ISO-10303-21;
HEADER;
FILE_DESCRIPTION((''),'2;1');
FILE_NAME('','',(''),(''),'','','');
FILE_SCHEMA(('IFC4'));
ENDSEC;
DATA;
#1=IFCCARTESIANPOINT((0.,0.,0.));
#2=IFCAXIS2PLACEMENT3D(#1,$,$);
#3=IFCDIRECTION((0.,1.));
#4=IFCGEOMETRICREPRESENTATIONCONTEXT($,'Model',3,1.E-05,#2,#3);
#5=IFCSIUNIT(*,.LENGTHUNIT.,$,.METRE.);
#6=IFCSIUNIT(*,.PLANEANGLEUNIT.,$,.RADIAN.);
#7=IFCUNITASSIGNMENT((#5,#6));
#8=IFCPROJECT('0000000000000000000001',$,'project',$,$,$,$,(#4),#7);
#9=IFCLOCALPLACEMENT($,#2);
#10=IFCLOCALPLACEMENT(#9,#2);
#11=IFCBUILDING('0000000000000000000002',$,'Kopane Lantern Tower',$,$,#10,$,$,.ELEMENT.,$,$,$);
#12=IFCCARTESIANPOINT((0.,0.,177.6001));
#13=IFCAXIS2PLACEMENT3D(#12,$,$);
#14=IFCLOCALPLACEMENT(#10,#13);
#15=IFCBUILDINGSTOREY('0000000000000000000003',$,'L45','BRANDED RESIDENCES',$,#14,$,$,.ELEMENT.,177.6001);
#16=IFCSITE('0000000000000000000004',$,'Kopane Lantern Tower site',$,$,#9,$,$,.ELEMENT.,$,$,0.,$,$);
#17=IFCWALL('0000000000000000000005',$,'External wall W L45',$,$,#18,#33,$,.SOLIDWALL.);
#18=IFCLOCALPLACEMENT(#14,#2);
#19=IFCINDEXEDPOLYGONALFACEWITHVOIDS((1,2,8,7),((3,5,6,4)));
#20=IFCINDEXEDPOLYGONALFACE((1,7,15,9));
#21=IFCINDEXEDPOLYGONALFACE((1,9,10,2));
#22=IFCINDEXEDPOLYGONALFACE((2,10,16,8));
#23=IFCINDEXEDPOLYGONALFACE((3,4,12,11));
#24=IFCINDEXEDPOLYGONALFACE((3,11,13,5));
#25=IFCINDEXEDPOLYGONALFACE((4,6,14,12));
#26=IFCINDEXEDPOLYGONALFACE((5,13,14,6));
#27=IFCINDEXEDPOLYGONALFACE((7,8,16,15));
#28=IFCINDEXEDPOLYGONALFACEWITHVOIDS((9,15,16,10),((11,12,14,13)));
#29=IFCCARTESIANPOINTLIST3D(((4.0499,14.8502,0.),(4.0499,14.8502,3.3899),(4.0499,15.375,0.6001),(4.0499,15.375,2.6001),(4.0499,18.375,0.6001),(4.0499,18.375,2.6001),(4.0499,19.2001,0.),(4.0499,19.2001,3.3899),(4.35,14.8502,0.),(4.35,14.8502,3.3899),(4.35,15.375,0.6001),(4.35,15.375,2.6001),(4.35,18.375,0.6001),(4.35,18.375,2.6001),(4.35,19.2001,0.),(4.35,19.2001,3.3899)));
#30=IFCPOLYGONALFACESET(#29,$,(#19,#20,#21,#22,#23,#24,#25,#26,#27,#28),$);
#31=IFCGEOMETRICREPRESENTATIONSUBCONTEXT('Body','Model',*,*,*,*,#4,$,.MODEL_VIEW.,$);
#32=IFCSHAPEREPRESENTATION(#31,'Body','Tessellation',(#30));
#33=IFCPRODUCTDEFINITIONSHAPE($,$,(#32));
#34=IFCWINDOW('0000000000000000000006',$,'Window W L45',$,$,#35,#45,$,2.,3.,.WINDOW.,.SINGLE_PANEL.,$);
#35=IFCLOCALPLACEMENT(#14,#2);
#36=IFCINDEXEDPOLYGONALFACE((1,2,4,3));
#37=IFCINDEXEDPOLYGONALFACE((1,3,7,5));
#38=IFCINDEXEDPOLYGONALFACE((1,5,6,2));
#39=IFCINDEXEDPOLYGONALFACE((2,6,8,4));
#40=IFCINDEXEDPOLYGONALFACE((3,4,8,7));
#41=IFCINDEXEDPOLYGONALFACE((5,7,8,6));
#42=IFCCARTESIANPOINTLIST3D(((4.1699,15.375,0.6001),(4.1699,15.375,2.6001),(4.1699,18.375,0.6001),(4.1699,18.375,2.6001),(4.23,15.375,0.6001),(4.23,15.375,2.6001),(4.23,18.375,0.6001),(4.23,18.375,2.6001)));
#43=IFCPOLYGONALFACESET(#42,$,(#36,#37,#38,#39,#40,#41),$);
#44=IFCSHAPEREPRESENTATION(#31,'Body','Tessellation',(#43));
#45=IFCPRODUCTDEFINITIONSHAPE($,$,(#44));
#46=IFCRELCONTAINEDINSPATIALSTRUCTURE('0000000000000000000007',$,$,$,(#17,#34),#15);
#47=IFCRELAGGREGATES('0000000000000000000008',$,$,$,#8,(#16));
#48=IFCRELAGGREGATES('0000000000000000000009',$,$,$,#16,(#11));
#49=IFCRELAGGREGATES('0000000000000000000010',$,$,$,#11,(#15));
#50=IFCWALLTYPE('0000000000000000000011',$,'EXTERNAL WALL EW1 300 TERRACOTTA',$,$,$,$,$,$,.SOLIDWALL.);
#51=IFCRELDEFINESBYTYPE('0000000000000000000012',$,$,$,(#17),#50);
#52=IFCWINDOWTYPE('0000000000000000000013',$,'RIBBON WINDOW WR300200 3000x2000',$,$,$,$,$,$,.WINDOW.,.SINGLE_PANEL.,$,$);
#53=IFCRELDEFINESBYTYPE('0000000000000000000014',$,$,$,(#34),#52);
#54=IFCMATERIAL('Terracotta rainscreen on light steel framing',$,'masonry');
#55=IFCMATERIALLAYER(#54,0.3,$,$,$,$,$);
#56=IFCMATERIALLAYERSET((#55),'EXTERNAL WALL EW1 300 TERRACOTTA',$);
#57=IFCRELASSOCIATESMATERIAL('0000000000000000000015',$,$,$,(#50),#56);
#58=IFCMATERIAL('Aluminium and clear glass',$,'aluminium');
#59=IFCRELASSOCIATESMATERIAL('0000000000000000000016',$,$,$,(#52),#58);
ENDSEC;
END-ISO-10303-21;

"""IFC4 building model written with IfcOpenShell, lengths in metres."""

from ifc_helpers import new_model, si_unit, direction, frame, frame_2d, origin, place, context, subcontext, project, spatial, rectangle, extrude, material, layer, layer_set, type_object, element, fill, save


model = new_model("IFC4")

# Units and contexts
model_context = context("Model", 3, precision=1e-05, world=origin(), true_north=direction((0.0, 1.0)))
body_context = subcontext(model_context, "Body", "Model", "MODEL_VIEW")
ifc_project = project(units=[si_unit("LENGTHUNIT", "METRE"), si_unit("PLANEANGLEUNIT", "RADIAN")], contexts=[model_context])

# Site, building, storey
site_placement = place(None, origin())
site = spatial("IfcSite", under=ifc_project, at=site_placement, Name="Kopane Lantern Tower site", CompositionType="ELEMENT", RefElevation=0.0)
building_placement = place(site_placement, origin())
building = spatial("IfcBuilding", under=site, at=building_placement, Name="Kopane Lantern Tower", CompositionType="ELEMENT")
storey_placement = place(building_placement, frame((0.0, 0.0, 177.6001)))
storey = spatial("IfcBuildingStorey", under=building, at=storey_placement, Name="L45", Description="BRANDED RESIDENCES", CompositionType="ELEMENT", Elevation=177.6001)

# Wall, opening, window
ifc_material_1 = material(Name="Terracotta rainscreen on light steel framing", Category="masonry")
ifc_layer_1 = layer(ifc_material_1, 0.3)
ifc_layer_set_1 = layer_set([ifc_layer_1], Name="EXTERNAL WALL EW1 300 TERRACOTTA")
wall_type_1 = type_object("IfcWallType", Name="EXTERNAL WALL EW1 300 TERRACOTTA", PredefinedType="SOLIDWALL", material=ifc_layer_set_1)
ifc_material_2 = material(Name="Aluminium and clear glass", Category="aluminium")
window_type = type_object("IfcWindowType", Name="RIBBON WINDOW WR300200 3000x2000", PartitioningType="SINGLE_PANEL", PredefinedType="WINDOW", material=ifc_material_2)
wall_1_placement = place(storey_placement, frame((4.2, 19.2, 0.0), z_axis=(0.0, 0.0, 1.0), x_axis=(0.0, -1.0, 0.0)))
wall_1 = element("IfcWall", 1, at=wall_1_placement, inside=storey, type_object=wall_type_1, Name="External wall W L45", PredefinedType="SOLIDWALL", context=body_context, shape_type="SweptSolid", body=[
    extrude(rectangle(XDim=4.3499, YDim=0.3, at=frame_2d((2.1748, 0.0))), origin(), (0.0, 0.0, 1.0), 3.3899),
])
opening_1_placement = place(wall_1_placement, frame((0.825, 0.0, 0.6001)))
opening_1 = element("IfcOpeningElement", 2, at=opening_1_placement, cuts=wall_1, PredefinedType="OPENING", context=body_context, shape_type="SweptSolid", body=[
    extrude(rectangle(XDim=3.0, YDim=2.0, at=frame_2d((1.5, 1.0))), frame((0.0, 0.1599, 0.0), z_axis=(0.0, -1.0, 0.0), x_axis=(1.0, 0.0, 0.0)), (0.0, 0.0, 1.0), 0.3201),
])
window_1_placement = place(opening_1_placement, origin())
window_1 = element("IfcWindow", 3, at=window_1_placement, inside=storey, type_object=window_type, Name="Window W L45", OverallHeight=2.0, OverallWidth=3.0, PartitioningType="SINGLE_PANEL", PredefinedType="WINDOW", context=body_context, shape_type="SweptSolid", body=[
    extrude(rectangle(XDim=3.0, YDim=2.0, at=frame_2d((1.5, 1.0))), frame((0.0, 0.03, 0.0), z_axis=(0.0, -1.0, 0.0), x_axis=(1.0, 0.0, 0.0)), (0.0, 0.0, 1.0), 0.0601),
])
fill(opening_1, window_1)

save(model, "model.ifc")
